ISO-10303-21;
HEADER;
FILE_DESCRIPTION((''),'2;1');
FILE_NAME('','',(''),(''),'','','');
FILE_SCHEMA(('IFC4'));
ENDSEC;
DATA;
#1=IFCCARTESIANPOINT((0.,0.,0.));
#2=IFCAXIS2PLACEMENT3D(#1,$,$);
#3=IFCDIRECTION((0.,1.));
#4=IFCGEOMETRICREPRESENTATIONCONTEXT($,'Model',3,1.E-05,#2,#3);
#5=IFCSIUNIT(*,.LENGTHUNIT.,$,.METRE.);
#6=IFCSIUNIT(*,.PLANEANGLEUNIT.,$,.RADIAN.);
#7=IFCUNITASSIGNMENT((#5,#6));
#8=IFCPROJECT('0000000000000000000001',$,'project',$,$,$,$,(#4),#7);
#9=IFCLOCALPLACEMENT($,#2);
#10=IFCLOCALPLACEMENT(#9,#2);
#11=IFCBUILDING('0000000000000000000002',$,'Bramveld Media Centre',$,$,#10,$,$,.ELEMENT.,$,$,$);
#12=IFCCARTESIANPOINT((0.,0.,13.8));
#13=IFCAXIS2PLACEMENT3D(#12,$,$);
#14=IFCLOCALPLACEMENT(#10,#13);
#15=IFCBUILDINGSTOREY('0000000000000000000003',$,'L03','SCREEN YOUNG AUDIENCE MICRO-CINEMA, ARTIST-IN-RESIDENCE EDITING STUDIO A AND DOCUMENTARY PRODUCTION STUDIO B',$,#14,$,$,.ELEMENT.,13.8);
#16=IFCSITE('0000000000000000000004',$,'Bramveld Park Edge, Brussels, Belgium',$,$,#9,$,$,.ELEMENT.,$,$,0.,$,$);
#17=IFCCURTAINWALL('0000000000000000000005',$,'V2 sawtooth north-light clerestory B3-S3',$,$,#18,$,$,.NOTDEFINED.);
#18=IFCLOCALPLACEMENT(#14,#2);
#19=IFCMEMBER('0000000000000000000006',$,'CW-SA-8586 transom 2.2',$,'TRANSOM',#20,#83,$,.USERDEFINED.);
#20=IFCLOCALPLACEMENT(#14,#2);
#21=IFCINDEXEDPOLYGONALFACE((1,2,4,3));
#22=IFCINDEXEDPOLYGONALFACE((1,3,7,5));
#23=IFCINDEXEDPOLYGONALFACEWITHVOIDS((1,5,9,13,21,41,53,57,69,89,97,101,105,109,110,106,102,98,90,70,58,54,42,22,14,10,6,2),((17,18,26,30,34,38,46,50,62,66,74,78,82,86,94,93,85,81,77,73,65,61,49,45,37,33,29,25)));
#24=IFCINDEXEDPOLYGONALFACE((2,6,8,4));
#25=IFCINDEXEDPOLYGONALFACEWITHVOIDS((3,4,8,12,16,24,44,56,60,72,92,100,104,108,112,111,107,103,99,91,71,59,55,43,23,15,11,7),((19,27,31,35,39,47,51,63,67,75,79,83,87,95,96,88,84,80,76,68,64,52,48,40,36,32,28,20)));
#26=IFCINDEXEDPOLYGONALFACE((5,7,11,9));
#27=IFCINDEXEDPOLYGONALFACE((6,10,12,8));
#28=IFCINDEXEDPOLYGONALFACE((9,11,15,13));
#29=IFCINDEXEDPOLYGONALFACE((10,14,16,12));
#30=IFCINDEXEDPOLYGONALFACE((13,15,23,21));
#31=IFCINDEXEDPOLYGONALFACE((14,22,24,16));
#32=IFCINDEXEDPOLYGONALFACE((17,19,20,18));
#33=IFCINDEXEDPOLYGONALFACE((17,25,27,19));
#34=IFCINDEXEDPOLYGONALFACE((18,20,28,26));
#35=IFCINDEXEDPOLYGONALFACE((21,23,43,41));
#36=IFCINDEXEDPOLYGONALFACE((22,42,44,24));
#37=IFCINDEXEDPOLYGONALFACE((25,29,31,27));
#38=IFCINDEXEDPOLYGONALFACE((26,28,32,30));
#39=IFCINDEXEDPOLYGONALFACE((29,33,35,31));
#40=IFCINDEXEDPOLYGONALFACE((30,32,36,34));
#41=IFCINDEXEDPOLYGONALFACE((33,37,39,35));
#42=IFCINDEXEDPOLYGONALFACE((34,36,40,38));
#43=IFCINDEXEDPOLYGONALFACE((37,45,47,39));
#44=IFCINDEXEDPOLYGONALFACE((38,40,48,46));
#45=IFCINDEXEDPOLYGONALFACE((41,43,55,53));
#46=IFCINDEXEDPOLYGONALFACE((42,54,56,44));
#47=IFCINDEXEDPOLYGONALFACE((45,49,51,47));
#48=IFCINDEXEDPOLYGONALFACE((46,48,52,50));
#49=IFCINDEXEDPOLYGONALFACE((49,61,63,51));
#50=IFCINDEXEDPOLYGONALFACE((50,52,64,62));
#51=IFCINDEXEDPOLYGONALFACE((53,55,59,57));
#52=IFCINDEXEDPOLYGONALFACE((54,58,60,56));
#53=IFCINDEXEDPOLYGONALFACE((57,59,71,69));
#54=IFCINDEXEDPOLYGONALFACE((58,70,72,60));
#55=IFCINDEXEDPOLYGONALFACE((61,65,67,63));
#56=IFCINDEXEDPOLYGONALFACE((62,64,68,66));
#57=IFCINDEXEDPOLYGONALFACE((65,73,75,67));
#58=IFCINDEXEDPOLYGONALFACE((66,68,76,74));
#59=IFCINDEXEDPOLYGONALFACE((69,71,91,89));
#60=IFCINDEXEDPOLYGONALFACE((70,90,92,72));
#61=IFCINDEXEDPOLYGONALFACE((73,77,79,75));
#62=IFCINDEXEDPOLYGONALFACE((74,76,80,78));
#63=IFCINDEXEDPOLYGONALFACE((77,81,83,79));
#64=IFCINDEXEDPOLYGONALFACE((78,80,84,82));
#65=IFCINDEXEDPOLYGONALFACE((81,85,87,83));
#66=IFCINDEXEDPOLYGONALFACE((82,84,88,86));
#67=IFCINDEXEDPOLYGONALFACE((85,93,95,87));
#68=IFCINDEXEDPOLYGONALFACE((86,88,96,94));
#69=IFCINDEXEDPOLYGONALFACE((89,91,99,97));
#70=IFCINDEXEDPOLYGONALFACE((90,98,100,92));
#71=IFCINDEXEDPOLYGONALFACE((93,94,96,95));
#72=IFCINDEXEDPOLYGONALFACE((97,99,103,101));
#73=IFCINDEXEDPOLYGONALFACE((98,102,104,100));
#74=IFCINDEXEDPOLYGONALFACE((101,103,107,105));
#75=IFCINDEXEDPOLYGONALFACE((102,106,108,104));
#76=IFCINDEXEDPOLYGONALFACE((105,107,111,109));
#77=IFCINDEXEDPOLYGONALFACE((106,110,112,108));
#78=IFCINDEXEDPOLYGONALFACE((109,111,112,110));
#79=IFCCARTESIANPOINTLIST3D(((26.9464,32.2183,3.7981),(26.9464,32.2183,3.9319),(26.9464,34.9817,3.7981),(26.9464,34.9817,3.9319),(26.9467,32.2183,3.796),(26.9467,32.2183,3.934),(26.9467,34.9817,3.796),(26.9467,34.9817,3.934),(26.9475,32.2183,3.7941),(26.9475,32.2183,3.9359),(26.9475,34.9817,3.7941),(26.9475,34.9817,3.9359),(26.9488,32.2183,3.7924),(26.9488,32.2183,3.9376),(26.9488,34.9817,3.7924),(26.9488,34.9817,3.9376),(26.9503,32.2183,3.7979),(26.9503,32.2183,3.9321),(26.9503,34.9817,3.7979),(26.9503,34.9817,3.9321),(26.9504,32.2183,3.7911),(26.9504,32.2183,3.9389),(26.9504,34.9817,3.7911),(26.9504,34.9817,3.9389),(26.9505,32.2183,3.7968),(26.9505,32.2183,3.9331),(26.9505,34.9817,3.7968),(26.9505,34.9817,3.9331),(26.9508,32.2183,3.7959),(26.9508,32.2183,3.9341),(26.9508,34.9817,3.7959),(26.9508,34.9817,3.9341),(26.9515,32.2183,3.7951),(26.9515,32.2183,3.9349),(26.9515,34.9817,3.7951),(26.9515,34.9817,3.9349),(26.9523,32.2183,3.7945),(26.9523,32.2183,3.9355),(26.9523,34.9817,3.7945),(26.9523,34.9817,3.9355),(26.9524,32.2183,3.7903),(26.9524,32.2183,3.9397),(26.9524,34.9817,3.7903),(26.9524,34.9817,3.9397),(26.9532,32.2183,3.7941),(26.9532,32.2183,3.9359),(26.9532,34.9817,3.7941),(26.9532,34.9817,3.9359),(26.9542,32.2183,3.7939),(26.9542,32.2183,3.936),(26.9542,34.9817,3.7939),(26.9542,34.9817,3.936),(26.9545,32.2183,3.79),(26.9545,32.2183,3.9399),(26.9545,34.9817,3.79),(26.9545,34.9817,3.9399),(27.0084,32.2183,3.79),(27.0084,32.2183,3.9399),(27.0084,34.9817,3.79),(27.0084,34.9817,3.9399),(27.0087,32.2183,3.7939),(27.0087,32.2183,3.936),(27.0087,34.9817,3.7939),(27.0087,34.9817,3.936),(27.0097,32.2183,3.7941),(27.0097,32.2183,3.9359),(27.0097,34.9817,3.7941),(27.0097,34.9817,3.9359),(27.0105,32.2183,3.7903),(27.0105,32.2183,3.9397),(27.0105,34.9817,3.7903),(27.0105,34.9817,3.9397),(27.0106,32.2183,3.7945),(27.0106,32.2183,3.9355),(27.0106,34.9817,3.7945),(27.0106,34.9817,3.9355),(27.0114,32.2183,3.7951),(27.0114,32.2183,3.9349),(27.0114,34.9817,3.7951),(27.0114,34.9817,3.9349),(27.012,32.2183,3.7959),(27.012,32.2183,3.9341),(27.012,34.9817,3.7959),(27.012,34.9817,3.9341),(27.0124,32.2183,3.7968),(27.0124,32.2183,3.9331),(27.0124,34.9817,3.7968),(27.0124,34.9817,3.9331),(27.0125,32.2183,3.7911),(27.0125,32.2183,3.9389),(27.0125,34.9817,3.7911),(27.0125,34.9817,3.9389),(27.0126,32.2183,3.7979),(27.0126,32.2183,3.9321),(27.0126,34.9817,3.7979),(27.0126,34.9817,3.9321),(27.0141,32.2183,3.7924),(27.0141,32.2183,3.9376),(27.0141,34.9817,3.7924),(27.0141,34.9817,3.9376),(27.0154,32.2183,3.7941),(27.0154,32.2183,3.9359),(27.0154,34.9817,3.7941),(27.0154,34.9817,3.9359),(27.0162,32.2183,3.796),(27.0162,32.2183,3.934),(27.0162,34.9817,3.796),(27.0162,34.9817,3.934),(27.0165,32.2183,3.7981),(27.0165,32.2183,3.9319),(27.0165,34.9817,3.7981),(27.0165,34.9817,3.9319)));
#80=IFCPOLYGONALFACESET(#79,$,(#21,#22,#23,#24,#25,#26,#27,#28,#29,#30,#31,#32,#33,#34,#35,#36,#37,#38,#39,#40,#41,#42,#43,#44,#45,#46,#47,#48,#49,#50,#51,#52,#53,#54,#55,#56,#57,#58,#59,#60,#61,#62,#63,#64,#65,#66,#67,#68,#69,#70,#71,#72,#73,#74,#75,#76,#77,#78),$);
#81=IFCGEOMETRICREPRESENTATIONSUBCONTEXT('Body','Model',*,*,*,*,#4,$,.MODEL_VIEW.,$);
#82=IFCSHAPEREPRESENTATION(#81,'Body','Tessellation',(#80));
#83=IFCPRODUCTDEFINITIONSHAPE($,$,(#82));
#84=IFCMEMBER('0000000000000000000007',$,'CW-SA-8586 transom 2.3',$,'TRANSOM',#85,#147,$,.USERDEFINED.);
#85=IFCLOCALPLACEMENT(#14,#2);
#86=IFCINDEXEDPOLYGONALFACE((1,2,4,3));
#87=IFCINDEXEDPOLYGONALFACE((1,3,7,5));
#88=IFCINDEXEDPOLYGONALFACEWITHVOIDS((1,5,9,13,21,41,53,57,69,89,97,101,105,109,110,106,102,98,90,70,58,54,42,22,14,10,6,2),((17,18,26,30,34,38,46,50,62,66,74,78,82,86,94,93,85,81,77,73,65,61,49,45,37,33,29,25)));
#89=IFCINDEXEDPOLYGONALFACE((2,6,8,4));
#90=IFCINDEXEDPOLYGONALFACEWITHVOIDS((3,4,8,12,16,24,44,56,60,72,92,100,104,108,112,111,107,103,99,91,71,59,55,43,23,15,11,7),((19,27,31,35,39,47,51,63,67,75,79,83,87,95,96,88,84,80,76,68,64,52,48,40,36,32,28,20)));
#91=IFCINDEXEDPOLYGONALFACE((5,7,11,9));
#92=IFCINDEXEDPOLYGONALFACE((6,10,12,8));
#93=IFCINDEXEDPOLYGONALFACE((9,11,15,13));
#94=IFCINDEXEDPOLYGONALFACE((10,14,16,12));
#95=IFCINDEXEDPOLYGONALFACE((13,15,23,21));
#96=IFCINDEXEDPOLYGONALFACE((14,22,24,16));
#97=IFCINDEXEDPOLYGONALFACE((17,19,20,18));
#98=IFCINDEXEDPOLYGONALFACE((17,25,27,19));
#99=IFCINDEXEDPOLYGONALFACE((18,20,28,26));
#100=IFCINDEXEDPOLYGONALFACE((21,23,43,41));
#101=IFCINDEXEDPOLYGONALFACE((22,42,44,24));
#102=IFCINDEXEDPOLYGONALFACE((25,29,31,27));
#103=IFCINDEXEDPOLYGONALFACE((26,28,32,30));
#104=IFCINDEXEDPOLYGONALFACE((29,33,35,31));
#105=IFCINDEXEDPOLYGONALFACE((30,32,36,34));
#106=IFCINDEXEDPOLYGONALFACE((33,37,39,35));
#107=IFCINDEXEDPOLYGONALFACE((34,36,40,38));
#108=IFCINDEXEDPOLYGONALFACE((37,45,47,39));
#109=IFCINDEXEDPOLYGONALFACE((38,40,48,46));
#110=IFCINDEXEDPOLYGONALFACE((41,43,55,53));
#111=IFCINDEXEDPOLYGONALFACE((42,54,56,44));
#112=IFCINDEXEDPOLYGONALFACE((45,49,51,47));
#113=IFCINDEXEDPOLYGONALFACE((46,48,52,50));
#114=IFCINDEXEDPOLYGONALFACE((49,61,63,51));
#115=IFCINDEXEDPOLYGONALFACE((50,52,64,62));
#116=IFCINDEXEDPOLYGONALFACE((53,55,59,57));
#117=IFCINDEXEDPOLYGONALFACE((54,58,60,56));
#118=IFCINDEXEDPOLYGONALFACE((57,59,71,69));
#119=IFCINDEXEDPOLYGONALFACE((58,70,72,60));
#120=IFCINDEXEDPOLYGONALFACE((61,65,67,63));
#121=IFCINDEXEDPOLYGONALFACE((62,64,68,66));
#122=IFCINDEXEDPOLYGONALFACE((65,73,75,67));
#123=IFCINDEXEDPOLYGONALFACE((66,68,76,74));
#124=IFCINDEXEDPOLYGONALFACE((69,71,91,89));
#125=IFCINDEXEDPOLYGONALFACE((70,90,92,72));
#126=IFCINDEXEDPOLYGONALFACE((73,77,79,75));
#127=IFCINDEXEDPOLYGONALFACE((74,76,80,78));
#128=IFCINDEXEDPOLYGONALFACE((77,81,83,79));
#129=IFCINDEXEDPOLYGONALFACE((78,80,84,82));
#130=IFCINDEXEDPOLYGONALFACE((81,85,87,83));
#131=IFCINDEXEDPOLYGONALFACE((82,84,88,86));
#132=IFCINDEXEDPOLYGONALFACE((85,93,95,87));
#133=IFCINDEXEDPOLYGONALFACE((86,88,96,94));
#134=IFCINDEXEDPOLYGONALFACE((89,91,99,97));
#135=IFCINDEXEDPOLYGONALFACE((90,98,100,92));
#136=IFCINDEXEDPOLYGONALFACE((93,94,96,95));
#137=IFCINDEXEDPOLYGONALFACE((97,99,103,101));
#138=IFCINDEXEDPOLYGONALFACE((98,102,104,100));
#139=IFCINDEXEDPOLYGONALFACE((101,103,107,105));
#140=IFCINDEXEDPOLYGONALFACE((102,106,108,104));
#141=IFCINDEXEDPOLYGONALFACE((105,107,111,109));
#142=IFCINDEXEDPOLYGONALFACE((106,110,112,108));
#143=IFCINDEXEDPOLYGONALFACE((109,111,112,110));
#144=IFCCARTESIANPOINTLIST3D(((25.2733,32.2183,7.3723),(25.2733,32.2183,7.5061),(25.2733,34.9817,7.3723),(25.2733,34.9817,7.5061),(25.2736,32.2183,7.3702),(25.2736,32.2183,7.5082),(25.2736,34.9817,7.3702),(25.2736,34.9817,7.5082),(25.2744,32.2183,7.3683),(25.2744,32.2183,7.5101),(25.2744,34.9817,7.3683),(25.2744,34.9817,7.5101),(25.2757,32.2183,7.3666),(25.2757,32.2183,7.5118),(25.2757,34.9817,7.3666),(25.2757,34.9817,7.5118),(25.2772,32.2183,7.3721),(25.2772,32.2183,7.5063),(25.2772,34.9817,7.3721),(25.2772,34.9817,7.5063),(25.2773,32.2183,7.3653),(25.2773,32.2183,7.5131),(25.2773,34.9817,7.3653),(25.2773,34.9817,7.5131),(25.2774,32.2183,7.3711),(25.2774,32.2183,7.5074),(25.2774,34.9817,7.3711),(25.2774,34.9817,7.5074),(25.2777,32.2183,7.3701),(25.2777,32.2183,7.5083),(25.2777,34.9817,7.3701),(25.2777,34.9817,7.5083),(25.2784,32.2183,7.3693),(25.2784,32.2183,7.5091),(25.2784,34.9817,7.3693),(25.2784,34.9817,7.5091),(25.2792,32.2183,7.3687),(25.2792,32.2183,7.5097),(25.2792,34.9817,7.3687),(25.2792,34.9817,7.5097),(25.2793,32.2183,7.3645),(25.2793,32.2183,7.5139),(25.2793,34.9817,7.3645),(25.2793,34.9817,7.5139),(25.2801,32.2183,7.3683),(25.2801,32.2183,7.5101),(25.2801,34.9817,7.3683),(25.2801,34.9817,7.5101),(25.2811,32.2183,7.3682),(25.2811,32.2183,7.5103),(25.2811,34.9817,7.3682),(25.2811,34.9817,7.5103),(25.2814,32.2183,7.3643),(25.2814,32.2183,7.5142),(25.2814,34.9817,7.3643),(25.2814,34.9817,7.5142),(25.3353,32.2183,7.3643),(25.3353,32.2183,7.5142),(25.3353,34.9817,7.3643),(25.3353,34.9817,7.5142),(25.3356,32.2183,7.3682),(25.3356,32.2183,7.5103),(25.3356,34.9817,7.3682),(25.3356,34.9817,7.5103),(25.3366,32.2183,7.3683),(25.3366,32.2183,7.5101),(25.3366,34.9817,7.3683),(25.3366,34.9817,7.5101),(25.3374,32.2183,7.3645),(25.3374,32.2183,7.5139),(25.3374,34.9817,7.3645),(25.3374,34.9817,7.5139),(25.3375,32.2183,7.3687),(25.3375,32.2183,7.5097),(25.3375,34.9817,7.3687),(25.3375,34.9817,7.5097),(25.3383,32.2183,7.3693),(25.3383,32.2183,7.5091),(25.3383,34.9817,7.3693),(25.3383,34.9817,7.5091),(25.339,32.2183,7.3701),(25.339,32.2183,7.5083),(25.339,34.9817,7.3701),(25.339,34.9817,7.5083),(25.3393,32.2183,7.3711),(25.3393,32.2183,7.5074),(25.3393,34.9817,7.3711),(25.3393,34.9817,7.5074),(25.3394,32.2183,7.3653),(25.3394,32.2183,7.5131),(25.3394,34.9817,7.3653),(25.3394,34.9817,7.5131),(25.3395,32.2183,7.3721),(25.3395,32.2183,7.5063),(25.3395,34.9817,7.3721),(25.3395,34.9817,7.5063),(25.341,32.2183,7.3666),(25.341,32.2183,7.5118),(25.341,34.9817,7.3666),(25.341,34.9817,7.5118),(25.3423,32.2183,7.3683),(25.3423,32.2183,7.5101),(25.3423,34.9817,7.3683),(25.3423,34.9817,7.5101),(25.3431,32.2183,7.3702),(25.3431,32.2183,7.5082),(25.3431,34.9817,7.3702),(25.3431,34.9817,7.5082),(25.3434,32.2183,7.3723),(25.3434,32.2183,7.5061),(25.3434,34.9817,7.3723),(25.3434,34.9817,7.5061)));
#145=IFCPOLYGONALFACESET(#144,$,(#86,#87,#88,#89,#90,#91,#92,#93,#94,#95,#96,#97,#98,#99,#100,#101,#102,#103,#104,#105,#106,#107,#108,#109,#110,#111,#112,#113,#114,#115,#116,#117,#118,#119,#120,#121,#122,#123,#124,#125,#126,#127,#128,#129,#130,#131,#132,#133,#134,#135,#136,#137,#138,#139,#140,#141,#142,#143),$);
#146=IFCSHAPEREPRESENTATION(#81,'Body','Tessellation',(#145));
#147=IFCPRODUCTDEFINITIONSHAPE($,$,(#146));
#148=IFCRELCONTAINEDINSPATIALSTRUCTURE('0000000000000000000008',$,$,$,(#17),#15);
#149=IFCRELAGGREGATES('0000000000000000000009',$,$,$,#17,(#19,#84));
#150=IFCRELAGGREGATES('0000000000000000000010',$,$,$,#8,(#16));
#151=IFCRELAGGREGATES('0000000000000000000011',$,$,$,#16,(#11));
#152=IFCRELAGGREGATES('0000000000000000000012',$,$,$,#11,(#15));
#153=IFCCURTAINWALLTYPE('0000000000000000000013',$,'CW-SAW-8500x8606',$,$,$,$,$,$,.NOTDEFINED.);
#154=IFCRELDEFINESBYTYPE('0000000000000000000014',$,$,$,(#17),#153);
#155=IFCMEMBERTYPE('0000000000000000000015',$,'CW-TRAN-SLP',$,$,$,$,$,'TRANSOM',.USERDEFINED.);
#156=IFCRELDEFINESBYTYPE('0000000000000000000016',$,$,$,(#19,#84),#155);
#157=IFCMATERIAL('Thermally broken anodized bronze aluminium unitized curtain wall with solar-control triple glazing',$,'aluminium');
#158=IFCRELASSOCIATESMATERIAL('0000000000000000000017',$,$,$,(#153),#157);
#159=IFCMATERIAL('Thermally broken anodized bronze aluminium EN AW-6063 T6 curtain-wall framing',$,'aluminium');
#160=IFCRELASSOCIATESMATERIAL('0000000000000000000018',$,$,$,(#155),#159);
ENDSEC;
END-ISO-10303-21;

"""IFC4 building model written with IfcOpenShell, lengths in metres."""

from ifc_helpers import new_model, si_unit, direction, frame, origin, origin_2d, place, context, subcontext, project, spatial, hollow_rectangle, extrude, material, material_profile, profile_set, type_object, element, aggregate, save


model = new_model("IFC4")

# Units and contexts
model_context = context("Model", 3, precision=1e-05, world=origin(), true_north=direction((0.0, 1.0)))
body_context = subcontext(model_context, "Body", "Model", "MODEL_VIEW")
ifc_project = project(units=[si_unit("LENGTHUNIT", "METRE"), si_unit("PLANEANGLEUNIT", "RADIAN")], contexts=[model_context])

# Site, building, storey
site_placement = place(None, origin())
site = spatial("IfcSite", under=ifc_project, at=site_placement, Name="Bramveld Park Edge, Brussels, Belgium", CompositionType="ELEMENT", RefElevation=0.0)
building_placement = place(site_placement, origin())
building = spatial("IfcBuilding", under=site, at=building_placement, Name="Bramveld Media Centre", CompositionType="ELEMENT")
storey_placement = place(building_placement, frame((0.0, 0.0, 13.8)))
storey = spatial("IfcBuildingStorey", under=building, at=storey_placement, Name="L03", Description="SCREEN YOUNG AUDIENCE MICRO-CINEMA, ARTIST-IN-RESIDENCE EDITING STUDIO A AND DOCUMENTARY PRODUCTION STUDIO B", CompositionType="ELEMENT", Elevation=13.8)

# Curtain wall, members
ifc_material_1 = material(Name="Thermally broken anodized bronze aluminium unitized curtain wall with solar-control triple glazing", Category="aluminium")
curtain_wall_type = type_object("IfcCurtainWallType", Name="CW-SAW-8500x8606", PredefinedType="NOTDEFINED", material=ifc_material_1)
curtain_wall_placement = place(storey_placement, origin())
curtain_wall = element("IfcCurtainWall", 1, at=curtain_wall_placement, inside=storey, type_object=curtain_wall_type, Name="V2 sawtooth north-light clerestory B3-S3", PredefinedType="NOTDEFINED")
ifc_material_2 = material(Name="Thermally broken anodized bronze aluminium EN AW-6063 T6 curtain-wall framing", Category="aluminium")
ifc_material_profile_1 = material_profile(ifc_material_2, hollow_rectangle(XDim=0.0701, YDim=0.1499, WallThickness=0.0039, InnerFilletRadius=0.0039, OuterFilletRadius=0.0081, at=origin_2d()), Name="AL-TRAN 70x150")
ifc_profile_set_1 = profile_set([ifc_material_profile_1], Name="Thermally broken anodized bronze aluminium EN AW-6063 T6 curtain-wall framing")
member_type_1 = type_object("IfcMemberType", Name="CW-TRAN-SLP", ElementType="TRANSOM", PredefinedType="USERDEFINED", material=ifc_profile_set_1)
member_1_placement = place(storey_placement, frame((26.9814, 32.2183, 3.865), z_axis=(0.0, 1.0, 0.0), x_axis=(-1.0, 0.0, 0.0)))
member_1 = element("IfcMember", 2, at=member_1_placement, type_object=member_type_1, Name="CW-SA-8586 transom 2.2", ObjectType="TRANSOM", PredefinedType="USERDEFINED", context=body_context, shape_type="SweptSolid", body=[
    extrude(hollow_rectangle(XDim=0.0701, YDim=0.1499, WallThickness=0.0039, InnerFilletRadius=0.0039, OuterFilletRadius=0.0081, at=origin_2d()), origin(), (0.0, 0.0, 1.0), 2.7634),
])
member_2_placement = place(storey_placement, frame((25.3083, 32.2183, 7.4392), z_axis=(0.0, 1.0, 0.0), x_axis=(-1.0, 0.0, 0.0)))
member_2 = element("IfcMember", 3, at=member_2_placement, type_object=member_type_1, Name="CW-SA-8586 transom 2.3", ObjectType="TRANSOM", PredefinedType="USERDEFINED", context=body_context, shape_type="SweptSolid", body=[
    extrude(hollow_rectangle(XDim=0.0701, YDim=0.1499, WallThickness=0.0039, InnerFilletRadius=0.0039, OuterFilletRadius=0.0081, at=origin_2d()), origin(), (0.0, 0.0, 1.0), 2.7634),
])

aggregate(curtain_wall, [member_1, member_2])

save(model, "model.ifc")
